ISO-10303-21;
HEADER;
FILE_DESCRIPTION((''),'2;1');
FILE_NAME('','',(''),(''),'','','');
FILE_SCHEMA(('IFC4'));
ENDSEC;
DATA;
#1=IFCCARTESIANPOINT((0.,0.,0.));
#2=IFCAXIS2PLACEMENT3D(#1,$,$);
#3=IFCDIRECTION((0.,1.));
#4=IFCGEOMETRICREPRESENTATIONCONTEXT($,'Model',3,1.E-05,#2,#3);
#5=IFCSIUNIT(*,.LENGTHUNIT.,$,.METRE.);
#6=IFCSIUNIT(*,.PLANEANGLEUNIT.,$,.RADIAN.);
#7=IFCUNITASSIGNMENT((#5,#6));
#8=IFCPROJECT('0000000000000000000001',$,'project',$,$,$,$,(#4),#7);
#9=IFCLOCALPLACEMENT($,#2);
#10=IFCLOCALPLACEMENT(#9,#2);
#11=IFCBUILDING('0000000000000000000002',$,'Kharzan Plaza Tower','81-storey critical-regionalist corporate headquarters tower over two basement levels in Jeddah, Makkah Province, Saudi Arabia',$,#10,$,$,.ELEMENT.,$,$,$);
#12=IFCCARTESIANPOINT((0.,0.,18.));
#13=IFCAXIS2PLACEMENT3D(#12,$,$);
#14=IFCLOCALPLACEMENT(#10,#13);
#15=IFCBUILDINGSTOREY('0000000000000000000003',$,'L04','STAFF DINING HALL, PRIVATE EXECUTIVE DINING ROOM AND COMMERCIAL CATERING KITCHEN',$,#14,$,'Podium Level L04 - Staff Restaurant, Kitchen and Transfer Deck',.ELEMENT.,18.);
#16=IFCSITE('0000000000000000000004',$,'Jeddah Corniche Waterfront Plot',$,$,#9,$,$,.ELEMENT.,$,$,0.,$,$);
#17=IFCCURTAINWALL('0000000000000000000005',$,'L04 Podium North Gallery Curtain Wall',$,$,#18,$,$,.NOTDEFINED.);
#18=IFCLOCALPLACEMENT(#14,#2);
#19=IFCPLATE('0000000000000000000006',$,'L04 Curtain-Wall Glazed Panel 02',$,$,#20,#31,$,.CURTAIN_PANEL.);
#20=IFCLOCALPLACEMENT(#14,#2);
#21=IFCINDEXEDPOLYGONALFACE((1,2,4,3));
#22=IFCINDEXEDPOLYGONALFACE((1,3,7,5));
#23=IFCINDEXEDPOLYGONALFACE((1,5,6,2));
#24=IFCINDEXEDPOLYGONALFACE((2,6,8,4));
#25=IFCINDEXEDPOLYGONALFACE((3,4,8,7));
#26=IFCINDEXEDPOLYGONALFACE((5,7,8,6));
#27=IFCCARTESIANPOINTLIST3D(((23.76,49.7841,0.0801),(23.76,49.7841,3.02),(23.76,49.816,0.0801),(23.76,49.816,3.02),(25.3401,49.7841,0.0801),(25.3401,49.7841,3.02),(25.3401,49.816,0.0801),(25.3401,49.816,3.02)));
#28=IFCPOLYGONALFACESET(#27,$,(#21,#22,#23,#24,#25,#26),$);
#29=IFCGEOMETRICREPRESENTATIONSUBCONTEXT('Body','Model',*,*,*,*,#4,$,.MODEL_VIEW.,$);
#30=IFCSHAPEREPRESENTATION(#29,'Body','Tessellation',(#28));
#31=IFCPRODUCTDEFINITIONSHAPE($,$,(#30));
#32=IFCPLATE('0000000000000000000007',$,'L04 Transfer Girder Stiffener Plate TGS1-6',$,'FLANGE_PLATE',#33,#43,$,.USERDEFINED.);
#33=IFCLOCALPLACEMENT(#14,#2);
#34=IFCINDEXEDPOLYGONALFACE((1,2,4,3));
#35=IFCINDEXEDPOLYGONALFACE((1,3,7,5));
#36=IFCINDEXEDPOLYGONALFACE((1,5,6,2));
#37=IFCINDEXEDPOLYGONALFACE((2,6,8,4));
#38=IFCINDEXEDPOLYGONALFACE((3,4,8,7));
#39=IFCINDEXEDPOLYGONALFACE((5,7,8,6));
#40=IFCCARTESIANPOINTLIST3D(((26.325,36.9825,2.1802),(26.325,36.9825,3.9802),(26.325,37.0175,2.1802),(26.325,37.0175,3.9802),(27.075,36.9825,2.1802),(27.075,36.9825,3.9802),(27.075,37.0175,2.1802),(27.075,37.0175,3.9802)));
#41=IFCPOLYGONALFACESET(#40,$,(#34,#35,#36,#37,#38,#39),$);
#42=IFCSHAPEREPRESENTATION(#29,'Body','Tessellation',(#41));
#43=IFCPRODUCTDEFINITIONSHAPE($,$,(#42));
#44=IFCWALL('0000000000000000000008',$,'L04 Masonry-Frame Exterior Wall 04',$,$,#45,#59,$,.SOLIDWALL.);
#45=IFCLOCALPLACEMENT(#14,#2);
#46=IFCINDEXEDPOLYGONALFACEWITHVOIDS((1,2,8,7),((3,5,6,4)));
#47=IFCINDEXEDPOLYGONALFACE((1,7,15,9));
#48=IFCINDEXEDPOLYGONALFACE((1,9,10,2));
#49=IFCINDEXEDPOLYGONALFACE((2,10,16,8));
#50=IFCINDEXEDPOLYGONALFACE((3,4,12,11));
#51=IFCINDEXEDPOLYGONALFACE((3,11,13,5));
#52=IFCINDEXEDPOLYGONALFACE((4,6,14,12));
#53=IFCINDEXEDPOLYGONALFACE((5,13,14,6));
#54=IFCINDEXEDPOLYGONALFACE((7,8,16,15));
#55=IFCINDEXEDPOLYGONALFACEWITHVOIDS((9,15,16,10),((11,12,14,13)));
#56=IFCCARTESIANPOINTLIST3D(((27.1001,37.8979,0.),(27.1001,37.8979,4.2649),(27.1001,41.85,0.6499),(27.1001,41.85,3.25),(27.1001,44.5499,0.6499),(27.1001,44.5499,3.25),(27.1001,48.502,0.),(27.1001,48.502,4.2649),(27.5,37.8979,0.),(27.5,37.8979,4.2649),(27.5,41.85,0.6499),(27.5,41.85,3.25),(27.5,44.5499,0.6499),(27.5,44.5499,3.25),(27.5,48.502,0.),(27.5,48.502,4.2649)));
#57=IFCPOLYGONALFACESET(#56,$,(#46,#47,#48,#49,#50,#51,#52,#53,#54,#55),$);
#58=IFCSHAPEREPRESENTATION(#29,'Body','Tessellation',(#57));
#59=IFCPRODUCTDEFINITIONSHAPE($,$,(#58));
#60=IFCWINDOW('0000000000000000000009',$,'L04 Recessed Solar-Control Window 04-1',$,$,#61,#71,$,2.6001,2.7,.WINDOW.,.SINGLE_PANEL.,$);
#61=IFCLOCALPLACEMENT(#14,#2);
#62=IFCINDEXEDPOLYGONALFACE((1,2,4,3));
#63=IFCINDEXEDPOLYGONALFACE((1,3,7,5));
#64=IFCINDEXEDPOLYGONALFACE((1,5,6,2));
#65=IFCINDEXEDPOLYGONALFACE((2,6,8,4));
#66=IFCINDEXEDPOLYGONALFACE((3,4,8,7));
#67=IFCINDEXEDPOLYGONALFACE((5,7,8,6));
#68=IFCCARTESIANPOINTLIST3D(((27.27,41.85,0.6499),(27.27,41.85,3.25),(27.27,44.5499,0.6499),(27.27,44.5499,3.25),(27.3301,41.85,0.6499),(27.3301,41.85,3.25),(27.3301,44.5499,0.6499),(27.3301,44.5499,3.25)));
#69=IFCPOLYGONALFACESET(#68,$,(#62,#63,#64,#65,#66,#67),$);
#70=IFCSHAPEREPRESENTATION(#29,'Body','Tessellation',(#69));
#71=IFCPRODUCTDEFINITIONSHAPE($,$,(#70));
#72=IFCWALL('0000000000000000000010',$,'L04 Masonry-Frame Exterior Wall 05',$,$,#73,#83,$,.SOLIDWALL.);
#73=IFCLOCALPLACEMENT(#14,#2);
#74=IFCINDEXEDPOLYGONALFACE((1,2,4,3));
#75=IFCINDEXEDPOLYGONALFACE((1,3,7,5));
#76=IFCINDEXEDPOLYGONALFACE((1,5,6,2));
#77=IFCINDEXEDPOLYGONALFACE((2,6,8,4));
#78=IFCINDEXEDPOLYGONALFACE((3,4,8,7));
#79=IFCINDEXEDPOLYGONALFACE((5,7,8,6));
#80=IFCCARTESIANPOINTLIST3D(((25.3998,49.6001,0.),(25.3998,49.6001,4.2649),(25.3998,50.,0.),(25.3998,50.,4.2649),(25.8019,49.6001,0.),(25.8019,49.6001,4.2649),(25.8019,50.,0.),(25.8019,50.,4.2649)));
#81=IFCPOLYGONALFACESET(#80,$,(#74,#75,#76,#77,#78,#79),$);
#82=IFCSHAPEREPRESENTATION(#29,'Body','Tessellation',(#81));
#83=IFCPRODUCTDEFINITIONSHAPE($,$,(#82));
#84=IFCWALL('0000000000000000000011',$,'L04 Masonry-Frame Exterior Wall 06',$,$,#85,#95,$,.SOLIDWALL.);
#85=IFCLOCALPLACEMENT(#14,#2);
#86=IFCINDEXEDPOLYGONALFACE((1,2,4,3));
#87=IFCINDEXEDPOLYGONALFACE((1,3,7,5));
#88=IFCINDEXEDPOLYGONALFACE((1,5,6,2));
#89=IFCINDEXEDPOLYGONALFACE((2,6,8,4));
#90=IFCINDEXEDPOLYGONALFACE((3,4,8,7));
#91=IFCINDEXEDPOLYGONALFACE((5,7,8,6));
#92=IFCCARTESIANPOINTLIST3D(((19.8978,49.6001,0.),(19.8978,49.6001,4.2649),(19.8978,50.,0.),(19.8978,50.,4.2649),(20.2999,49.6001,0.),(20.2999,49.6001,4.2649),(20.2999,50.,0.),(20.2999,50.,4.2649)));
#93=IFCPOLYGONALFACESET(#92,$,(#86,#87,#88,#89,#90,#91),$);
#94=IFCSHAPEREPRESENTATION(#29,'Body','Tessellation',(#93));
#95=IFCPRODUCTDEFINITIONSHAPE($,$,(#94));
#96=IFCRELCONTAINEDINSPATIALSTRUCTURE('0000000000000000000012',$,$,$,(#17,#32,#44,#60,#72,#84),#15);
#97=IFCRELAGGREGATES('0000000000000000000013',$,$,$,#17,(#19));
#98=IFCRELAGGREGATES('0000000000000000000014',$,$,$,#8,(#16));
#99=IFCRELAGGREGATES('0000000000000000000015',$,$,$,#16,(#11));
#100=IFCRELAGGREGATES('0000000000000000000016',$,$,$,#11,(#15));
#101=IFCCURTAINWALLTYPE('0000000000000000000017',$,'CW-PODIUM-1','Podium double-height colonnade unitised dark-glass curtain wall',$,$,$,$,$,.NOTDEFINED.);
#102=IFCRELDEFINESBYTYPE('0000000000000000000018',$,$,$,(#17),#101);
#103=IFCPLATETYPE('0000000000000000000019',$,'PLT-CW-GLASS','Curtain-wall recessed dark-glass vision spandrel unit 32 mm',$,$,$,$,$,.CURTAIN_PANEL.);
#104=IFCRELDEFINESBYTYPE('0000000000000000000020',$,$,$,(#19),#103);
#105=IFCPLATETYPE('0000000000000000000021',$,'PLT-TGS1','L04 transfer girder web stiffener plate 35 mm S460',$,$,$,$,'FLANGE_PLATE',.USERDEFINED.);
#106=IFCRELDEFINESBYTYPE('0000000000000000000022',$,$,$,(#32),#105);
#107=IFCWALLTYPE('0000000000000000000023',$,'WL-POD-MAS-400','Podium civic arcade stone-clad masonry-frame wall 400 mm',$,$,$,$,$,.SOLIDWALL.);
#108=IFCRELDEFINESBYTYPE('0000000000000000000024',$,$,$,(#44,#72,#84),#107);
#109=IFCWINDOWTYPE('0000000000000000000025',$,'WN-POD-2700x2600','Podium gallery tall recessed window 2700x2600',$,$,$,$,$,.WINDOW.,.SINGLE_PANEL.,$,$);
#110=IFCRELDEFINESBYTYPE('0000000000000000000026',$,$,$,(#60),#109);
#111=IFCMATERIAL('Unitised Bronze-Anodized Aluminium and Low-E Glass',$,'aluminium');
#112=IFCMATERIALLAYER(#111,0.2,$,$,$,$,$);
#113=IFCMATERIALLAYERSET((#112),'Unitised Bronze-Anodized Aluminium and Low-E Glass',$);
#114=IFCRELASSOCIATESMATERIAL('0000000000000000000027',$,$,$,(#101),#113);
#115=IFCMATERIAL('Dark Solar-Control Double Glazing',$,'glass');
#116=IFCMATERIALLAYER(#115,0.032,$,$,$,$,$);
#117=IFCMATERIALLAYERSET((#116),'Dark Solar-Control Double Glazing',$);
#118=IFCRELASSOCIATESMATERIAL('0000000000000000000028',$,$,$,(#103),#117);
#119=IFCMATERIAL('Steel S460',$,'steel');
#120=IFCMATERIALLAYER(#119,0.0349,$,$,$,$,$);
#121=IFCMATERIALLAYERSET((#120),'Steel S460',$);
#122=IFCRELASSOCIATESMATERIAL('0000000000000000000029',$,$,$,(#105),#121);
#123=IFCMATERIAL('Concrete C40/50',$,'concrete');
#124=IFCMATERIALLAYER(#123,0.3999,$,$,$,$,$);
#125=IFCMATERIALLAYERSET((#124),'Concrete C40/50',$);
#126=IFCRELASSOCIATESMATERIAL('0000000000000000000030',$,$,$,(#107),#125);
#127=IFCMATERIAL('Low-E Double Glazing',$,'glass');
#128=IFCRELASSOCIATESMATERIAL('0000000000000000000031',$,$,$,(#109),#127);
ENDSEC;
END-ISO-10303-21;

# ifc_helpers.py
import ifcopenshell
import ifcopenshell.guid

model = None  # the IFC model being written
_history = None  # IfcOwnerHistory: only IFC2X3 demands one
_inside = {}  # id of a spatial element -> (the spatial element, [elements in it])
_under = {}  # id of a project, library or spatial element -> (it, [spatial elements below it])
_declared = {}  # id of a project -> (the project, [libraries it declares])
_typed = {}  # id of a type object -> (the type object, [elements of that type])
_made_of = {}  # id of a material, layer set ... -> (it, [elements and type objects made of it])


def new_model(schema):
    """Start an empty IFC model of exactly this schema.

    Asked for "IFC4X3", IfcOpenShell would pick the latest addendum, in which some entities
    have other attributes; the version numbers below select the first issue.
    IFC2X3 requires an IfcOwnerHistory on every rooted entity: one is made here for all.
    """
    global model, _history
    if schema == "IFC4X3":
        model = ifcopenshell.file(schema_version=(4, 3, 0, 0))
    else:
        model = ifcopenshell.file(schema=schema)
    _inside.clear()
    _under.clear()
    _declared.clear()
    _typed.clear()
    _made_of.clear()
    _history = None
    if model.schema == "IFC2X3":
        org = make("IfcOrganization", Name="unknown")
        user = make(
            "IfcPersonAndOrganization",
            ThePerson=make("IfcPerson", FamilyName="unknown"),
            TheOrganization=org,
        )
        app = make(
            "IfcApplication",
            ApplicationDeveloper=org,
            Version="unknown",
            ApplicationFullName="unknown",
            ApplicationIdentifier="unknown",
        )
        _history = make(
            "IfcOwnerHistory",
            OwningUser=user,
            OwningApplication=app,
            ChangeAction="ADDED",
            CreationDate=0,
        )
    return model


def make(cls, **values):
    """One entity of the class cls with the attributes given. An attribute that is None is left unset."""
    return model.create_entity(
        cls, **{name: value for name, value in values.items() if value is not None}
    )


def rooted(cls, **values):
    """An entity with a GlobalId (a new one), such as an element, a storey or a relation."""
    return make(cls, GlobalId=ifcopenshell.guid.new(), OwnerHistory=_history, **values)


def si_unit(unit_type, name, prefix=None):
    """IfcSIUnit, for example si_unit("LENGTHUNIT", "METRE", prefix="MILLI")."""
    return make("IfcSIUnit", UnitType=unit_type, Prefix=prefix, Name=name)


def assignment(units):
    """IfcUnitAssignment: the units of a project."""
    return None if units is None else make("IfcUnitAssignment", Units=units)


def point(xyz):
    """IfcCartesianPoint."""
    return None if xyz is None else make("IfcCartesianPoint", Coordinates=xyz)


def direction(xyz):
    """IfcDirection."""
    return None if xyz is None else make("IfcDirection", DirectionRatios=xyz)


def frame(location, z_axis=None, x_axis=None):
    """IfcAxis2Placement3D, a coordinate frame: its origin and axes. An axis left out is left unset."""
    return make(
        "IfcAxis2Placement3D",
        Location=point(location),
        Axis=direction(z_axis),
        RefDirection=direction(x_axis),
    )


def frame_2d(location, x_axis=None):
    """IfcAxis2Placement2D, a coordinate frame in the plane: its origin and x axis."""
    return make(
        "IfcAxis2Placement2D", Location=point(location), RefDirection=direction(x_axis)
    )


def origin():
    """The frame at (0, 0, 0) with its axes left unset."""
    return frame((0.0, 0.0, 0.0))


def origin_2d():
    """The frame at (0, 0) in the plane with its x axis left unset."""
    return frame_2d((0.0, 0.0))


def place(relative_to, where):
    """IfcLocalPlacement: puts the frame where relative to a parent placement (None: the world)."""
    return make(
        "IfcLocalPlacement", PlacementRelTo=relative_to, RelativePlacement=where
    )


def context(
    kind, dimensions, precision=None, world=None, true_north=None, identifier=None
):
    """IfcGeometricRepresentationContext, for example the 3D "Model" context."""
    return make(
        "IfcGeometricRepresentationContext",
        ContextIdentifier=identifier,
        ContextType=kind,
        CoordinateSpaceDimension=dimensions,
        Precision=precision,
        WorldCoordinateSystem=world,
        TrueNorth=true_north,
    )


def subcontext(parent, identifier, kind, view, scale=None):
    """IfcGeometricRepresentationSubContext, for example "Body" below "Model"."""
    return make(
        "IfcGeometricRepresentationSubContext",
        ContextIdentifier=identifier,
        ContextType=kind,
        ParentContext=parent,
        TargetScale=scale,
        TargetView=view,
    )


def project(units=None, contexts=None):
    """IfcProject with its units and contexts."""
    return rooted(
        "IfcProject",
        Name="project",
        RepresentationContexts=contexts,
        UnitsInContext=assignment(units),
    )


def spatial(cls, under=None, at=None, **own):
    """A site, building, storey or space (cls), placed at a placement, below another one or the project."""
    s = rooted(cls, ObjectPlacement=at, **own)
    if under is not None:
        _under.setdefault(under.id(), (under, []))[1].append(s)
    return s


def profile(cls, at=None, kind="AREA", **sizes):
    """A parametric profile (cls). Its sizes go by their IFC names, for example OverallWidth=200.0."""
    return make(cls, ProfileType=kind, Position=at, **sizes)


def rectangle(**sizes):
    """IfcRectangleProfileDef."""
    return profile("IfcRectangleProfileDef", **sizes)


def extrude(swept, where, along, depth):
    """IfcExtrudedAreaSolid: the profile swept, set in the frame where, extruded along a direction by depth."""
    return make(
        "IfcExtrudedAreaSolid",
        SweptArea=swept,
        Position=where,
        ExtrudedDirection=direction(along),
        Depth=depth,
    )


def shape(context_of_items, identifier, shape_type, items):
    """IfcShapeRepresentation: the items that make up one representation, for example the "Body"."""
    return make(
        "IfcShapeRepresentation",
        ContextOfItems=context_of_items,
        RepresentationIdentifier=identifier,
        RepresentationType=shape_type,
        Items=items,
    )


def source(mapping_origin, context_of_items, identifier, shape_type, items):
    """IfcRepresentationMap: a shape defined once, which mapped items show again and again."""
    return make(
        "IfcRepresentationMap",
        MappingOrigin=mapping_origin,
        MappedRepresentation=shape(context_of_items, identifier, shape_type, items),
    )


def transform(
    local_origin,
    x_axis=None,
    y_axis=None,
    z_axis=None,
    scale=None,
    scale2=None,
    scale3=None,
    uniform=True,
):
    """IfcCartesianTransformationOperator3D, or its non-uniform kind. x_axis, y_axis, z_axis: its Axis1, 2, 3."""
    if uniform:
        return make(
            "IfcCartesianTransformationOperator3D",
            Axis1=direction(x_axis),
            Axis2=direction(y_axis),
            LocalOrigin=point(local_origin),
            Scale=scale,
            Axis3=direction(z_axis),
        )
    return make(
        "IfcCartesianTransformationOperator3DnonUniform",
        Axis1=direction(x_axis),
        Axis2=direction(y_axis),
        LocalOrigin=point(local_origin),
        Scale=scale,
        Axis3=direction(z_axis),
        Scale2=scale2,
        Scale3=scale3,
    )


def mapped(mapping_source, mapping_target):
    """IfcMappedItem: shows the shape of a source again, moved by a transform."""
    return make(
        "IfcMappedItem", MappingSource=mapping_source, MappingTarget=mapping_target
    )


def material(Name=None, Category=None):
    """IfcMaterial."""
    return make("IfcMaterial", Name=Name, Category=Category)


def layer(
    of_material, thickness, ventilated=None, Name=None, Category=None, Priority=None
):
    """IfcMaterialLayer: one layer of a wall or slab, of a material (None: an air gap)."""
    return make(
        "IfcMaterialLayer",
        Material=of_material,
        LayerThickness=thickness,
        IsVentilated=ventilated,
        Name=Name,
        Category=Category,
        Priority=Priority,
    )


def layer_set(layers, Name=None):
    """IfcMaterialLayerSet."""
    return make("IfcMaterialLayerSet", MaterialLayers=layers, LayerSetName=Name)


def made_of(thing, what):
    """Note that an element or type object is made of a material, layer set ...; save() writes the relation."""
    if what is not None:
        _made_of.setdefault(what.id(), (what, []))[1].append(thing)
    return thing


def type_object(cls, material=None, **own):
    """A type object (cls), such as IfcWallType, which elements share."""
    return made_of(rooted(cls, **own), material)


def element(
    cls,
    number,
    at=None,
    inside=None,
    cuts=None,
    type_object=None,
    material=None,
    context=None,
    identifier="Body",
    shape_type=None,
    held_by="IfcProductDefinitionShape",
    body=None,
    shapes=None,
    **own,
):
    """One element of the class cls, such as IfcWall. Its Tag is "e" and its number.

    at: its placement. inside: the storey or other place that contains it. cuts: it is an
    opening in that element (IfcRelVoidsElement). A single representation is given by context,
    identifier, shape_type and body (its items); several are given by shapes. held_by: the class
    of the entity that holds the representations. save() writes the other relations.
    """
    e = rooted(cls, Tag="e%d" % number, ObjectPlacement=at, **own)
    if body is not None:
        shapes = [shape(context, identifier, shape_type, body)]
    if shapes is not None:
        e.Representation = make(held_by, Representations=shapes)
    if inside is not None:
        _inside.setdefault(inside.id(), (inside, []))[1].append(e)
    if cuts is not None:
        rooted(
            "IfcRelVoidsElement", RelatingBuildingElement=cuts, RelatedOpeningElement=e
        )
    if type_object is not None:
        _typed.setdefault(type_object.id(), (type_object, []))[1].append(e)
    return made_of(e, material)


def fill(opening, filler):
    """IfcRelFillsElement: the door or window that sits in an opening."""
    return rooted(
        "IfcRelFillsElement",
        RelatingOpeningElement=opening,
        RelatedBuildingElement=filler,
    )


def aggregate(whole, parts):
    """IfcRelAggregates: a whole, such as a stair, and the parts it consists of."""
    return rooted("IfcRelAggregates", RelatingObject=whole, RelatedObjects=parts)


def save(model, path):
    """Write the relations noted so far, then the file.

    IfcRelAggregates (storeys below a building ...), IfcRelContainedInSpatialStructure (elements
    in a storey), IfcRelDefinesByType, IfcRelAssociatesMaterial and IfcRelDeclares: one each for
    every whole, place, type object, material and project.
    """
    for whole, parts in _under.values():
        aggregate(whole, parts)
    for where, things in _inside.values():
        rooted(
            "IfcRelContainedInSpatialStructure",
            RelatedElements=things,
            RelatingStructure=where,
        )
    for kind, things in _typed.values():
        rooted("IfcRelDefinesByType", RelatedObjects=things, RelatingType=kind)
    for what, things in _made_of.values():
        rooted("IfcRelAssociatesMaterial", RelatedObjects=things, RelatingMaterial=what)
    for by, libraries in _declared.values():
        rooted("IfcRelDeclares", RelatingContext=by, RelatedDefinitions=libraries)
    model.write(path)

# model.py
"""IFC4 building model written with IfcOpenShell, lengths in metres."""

from ifc_helpers import new_model, si_unit, direction, frame, frame_2d, origin, origin_2d, place, context, subcontext, project, spatial, rectangle, extrude, source, transform, mapped, material, layer, layer_set, type_object, element, fill, aggregate, save


model = new_model("IFC4")

# Units and contexts
model_context = context("Model", 3, precision=1e-05, world=origin(), true_north=direction((0.0, 1.0)))
body_context = subcontext(model_context, "Body", "Model", "MODEL_VIEW")
ifc_project = project(units=[si_unit("LENGTHUNIT", "METRE"), si_unit("PLANEANGLEUNIT", "RADIAN")], contexts=[model_context])

# Site, building, storey
site_placement = place(None, origin())
site = spatial("IfcSite", under=ifc_project, at=site_placement, Name="Jeddah Corniche Waterfront Plot", CompositionType="ELEMENT", RefElevation=0.0)
building_placement = place(site_placement, origin())
building = spatial("IfcBuilding", under=site, at=building_placement, Name="Kharzan Plaza Tower", Description="81-storey critical-regionalist corporate headquarters tower over two basement levels in Jeddah, Makkah Province, Saudi Arabia", CompositionType="ELEMENT")
storey_placement = place(building_placement, frame((0.0, 0.0, 18.0)))
storey = spatial("IfcBuildingStorey", under=building, at=storey_placement, Name="L04", Description="STAFF DINING HALL, PRIVATE EXECUTIVE DINING ROOM AND COMMERCIAL CATERING KITCHEN", LongName="Podium Level L04 - Staff Restaurant, Kitchen and Transfer Deck", CompositionType="ELEMENT", Elevation=18.0)

# Curtain wall, plate
ifc_material_1 = material(Name="Unitised Bronze-Anodized Aluminium and Low-E Glass", Category="aluminium")
ifc_layer_1 = layer(ifc_material_1, 0.2)
ifc_layer_set_1 = layer_set([ifc_layer_1], Name="Unitised Bronze-Anodized Aluminium and Low-E Glass")
curtain_wall_type = type_object("IfcCurtainWallType", Name="CW-PODIUM-1", Description="Podium double-height colonnade unitised dark-glass curtain wall", PredefinedType="NOTDEFINED", material=ifc_layer_set_1)
curtain_wall_placement = place(storey_placement, origin())
curtain_wall = element("IfcCurtainWall", 1, at=curtain_wall_placement, inside=storey, type_object=curtain_wall_type, Name="L04 Podium North Gallery Curtain Wall", PredefinedType="NOTDEFINED")
ifc_material_2 = material(Name="Dark Solar-Control Double Glazing", Category="glass")
ifc_layer_2 = layer(ifc_material_2, 0.032)
ifc_layer_set_2 = layer_set([ifc_layer_2], Name="Dark Solar-Control Double Glazing")
plate_type_1 = type_object("IfcPlateType", Name="PLT-CW-GLASS", Description="Curtain-wall recessed dark-glass vision spandrel unit 32 mm", PredefinedType="CURTAIN_PANEL", material=ifc_layer_set_2)
shared_shape_1 = source(origin(), body_context, "Body", "SweptSolid", [
    extrude(rectangle(XDim=1.5801, YDim=0.032, at=origin_2d()), origin(), (0.0, 0.0, 1.0), 2.9399),
])
plate_1_placement = place(storey_placement, frame((24.55, 49.8, 0.0801), z_axis=(0.0, 0.0, 1.0), x_axis=(1.0, 0.0, 0.0)))
plate_1 = element("IfcPlate", 2, at=plate_1_placement, type_object=plate_type_1, Name="L04 Curtain-Wall Glazed Panel 02", PredefinedType="CURTAIN_PANEL", context=body_context, shape_type="MappedRepresentation", body=[
    mapped(shared_shape_1, transform((0.0, 0.0, 0.0), x_axis=(1.0, 0.0, 0.0), y_axis=(0.0, 1.0, 0.0), z_axis=(0.0, 0.0, 1.0))),
])
aggregate(curtain_wall, [plate_1])

# Plate
ifc_material_3 = material(Name="Steel S460", Category="steel")
ifc_layer_3 = layer(ifc_material_3, 0.0349)
ifc_layer_set_3 = layer_set([ifc_layer_3], Name="Steel S460")
plate_type_2 = type_object("IfcPlateType", Name="PLT-TGS1", Description="L04 transfer girder web stiffener plate 35 mm S460", ElementType="FLANGE_PLATE", PredefinedType="USERDEFINED", material=ifc_layer_set_3)
shared_shape_2 = source(origin(), body_context, "Body", "SweptSolid", [
    extrude(rectangle(XDim=0.75, YDim=0.0349, at=origin_2d()), origin(), (0.0, 0.0, 1.0), 1.8),
])
plate_2_placement = place(storey_placement, frame((26.7, 37.0, 2.1802), z_axis=(0.0, 0.0, 1.0), x_axis=(1.0, 0.0, 0.0)))
element("IfcPlate", 3, at=plate_2_placement, inside=storey, type_object=plate_type_2, Name="L04 Transfer Girder Stiffener Plate TGS1-6", ObjectType="FLANGE_PLATE", PredefinedType="USERDEFINED", context=body_context, shape_type="MappedRepresentation", body=[
    mapped(shared_shape_2, transform((0.0, 0.0, 0.0), x_axis=(1.0, 0.0, 0.0), y_axis=(0.0, 1.0, 0.0), z_axis=(0.0, 0.0, 1.0))),
])

# Wall, opening, window
ifc_material_4 = material(Name="Concrete C40/50", Category="concrete")
ifc_layer_4 = layer(ifc_material_4, 0.3999)
ifc_layer_set_4 = layer_set([ifc_layer_4], Name="Concrete C40/50")
wall_type = type_object("IfcWallType", Name="WL-POD-MAS-400", Description="Podium civic arcade stone-clad masonry-frame wall 400 mm", PredefinedType="SOLIDWALL", material=ifc_layer_set_4)
wall_placement = place(storey_placement, frame((27.3, 37.8979, 0.0), z_axis=(0.0, 0.0, 1.0), x_axis=(0.0, 1.0, 0.0)))
wall = element("IfcWall", 4, at=wall_placement, inside=storey, type_object=wall_type, Name="L04 Masonry-Frame Exterior Wall 04", PredefinedType="SOLIDWALL", context=body_context, shape_type="SweptSolid", body=[
    extrude(rectangle(XDim=10.604, YDim=0.3999, at=frame_2d((5.302, 0.0))), origin(), (0.0, 0.0, 1.0), 4.2649),
])
opening_placement = place(wall_placement, frame((3.9519, 0.0, 0.6499)))
opening = element("IfcOpeningElement", 5, at=opening_placement, cuts=wall, PredefinedType="OPENING", context=body_context, shape_type="SweptSolid", body=[
    extrude(rectangle(XDim=2.7, YDim=2.6001, at=frame_2d((1.3501, 1.3))), frame((0.0, 0.21, 0.0), z_axis=(0.0, -1.0, 0.0), x_axis=(1.0, 0.0, 0.0)), (0.0, 0.0, 1.0), 0.4199),
])
ifc_material_5 = material(Name="Low-E Double Glazing", Category="glass")
window_type = type_object("IfcWindowType", Name="WN-POD-2700x2600", Description="Podium gallery tall recessed window 2700x2600", PartitioningType="SINGLE_PANEL", PredefinedType="WINDOW", material=ifc_material_5)
shared_shape_3 = source(origin(), body_context, "Body", "SweptSolid", [
    extrude(rectangle(XDim=2.7, YDim=2.6001, at=frame_2d((1.3501, 1.3))), frame((0.0, 0.03, 0.0), z_axis=(0.0, -1.0, 0.0), x_axis=(1.0, 0.0, 0.0)), (0.0, 0.0, 1.0), 0.0601),
])
window_placement = place(opening_placement, origin())
window = element("IfcWindow", 6, at=window_placement, inside=storey, type_object=window_type, Name="L04 Recessed Solar-Control Window 04-1", OverallHeight=2.6001, OverallWidth=2.7, PartitioningType="SINGLE_PANEL", PredefinedType="WINDOW", context=body_context, shape_type="MappedRepresentation", body=[
    mapped(shared_shape_3, transform((0.0, 0.0, 0.0), x_axis=(1.0, 0.0, 0.0), y_axis=(0.0, 1.0, 0.0), z_axis=(0.0, 0.0, 1.0))),
])
fill(opening, window)

# Walls
shared_shape_4 = source(origin(), body_context, "Body", "SweptSolid", [
    extrude(rectangle(XDim=0.4021, YDim=0.3999, at=frame_2d((0.2012, 0.0))), origin(), (0.0, 0.0, 1.0), 4.2649),
])
for number, where, z_axis, x_axis, name in (
    (7, (25.802, 49.8, 0.0), (0.0, 0.0, 1.0), (-1.0, 0.0, 0.0), "L04 Masonry-Frame Exterior Wall 05"),
    (8, (20.3, 49.8, 0.0), (0.0, 0.0, 1.0), (-1.0, 0.0, 0.0), "L04 Masonry-Frame Exterior Wall 06"),
):
    element("IfcWall", number, at=place(storey_placement, frame(where, z_axis=z_axis, x_axis=x_axis)), inside=storey, type_object=wall_type, Name=name, PredefinedType="SOLIDWALL", context=body_context, shape_type="MappedRepresentation", body=[
        mapped(shared_shape_4, transform((0.0, 0.0, 0.0), x_axis=(1.0, 0.0, 0.0), y_axis=(0.0, 1.0, 0.0), z_axis=(0.0, 0.0, 1.0))),
    ])

save(model, "model.ifc")
